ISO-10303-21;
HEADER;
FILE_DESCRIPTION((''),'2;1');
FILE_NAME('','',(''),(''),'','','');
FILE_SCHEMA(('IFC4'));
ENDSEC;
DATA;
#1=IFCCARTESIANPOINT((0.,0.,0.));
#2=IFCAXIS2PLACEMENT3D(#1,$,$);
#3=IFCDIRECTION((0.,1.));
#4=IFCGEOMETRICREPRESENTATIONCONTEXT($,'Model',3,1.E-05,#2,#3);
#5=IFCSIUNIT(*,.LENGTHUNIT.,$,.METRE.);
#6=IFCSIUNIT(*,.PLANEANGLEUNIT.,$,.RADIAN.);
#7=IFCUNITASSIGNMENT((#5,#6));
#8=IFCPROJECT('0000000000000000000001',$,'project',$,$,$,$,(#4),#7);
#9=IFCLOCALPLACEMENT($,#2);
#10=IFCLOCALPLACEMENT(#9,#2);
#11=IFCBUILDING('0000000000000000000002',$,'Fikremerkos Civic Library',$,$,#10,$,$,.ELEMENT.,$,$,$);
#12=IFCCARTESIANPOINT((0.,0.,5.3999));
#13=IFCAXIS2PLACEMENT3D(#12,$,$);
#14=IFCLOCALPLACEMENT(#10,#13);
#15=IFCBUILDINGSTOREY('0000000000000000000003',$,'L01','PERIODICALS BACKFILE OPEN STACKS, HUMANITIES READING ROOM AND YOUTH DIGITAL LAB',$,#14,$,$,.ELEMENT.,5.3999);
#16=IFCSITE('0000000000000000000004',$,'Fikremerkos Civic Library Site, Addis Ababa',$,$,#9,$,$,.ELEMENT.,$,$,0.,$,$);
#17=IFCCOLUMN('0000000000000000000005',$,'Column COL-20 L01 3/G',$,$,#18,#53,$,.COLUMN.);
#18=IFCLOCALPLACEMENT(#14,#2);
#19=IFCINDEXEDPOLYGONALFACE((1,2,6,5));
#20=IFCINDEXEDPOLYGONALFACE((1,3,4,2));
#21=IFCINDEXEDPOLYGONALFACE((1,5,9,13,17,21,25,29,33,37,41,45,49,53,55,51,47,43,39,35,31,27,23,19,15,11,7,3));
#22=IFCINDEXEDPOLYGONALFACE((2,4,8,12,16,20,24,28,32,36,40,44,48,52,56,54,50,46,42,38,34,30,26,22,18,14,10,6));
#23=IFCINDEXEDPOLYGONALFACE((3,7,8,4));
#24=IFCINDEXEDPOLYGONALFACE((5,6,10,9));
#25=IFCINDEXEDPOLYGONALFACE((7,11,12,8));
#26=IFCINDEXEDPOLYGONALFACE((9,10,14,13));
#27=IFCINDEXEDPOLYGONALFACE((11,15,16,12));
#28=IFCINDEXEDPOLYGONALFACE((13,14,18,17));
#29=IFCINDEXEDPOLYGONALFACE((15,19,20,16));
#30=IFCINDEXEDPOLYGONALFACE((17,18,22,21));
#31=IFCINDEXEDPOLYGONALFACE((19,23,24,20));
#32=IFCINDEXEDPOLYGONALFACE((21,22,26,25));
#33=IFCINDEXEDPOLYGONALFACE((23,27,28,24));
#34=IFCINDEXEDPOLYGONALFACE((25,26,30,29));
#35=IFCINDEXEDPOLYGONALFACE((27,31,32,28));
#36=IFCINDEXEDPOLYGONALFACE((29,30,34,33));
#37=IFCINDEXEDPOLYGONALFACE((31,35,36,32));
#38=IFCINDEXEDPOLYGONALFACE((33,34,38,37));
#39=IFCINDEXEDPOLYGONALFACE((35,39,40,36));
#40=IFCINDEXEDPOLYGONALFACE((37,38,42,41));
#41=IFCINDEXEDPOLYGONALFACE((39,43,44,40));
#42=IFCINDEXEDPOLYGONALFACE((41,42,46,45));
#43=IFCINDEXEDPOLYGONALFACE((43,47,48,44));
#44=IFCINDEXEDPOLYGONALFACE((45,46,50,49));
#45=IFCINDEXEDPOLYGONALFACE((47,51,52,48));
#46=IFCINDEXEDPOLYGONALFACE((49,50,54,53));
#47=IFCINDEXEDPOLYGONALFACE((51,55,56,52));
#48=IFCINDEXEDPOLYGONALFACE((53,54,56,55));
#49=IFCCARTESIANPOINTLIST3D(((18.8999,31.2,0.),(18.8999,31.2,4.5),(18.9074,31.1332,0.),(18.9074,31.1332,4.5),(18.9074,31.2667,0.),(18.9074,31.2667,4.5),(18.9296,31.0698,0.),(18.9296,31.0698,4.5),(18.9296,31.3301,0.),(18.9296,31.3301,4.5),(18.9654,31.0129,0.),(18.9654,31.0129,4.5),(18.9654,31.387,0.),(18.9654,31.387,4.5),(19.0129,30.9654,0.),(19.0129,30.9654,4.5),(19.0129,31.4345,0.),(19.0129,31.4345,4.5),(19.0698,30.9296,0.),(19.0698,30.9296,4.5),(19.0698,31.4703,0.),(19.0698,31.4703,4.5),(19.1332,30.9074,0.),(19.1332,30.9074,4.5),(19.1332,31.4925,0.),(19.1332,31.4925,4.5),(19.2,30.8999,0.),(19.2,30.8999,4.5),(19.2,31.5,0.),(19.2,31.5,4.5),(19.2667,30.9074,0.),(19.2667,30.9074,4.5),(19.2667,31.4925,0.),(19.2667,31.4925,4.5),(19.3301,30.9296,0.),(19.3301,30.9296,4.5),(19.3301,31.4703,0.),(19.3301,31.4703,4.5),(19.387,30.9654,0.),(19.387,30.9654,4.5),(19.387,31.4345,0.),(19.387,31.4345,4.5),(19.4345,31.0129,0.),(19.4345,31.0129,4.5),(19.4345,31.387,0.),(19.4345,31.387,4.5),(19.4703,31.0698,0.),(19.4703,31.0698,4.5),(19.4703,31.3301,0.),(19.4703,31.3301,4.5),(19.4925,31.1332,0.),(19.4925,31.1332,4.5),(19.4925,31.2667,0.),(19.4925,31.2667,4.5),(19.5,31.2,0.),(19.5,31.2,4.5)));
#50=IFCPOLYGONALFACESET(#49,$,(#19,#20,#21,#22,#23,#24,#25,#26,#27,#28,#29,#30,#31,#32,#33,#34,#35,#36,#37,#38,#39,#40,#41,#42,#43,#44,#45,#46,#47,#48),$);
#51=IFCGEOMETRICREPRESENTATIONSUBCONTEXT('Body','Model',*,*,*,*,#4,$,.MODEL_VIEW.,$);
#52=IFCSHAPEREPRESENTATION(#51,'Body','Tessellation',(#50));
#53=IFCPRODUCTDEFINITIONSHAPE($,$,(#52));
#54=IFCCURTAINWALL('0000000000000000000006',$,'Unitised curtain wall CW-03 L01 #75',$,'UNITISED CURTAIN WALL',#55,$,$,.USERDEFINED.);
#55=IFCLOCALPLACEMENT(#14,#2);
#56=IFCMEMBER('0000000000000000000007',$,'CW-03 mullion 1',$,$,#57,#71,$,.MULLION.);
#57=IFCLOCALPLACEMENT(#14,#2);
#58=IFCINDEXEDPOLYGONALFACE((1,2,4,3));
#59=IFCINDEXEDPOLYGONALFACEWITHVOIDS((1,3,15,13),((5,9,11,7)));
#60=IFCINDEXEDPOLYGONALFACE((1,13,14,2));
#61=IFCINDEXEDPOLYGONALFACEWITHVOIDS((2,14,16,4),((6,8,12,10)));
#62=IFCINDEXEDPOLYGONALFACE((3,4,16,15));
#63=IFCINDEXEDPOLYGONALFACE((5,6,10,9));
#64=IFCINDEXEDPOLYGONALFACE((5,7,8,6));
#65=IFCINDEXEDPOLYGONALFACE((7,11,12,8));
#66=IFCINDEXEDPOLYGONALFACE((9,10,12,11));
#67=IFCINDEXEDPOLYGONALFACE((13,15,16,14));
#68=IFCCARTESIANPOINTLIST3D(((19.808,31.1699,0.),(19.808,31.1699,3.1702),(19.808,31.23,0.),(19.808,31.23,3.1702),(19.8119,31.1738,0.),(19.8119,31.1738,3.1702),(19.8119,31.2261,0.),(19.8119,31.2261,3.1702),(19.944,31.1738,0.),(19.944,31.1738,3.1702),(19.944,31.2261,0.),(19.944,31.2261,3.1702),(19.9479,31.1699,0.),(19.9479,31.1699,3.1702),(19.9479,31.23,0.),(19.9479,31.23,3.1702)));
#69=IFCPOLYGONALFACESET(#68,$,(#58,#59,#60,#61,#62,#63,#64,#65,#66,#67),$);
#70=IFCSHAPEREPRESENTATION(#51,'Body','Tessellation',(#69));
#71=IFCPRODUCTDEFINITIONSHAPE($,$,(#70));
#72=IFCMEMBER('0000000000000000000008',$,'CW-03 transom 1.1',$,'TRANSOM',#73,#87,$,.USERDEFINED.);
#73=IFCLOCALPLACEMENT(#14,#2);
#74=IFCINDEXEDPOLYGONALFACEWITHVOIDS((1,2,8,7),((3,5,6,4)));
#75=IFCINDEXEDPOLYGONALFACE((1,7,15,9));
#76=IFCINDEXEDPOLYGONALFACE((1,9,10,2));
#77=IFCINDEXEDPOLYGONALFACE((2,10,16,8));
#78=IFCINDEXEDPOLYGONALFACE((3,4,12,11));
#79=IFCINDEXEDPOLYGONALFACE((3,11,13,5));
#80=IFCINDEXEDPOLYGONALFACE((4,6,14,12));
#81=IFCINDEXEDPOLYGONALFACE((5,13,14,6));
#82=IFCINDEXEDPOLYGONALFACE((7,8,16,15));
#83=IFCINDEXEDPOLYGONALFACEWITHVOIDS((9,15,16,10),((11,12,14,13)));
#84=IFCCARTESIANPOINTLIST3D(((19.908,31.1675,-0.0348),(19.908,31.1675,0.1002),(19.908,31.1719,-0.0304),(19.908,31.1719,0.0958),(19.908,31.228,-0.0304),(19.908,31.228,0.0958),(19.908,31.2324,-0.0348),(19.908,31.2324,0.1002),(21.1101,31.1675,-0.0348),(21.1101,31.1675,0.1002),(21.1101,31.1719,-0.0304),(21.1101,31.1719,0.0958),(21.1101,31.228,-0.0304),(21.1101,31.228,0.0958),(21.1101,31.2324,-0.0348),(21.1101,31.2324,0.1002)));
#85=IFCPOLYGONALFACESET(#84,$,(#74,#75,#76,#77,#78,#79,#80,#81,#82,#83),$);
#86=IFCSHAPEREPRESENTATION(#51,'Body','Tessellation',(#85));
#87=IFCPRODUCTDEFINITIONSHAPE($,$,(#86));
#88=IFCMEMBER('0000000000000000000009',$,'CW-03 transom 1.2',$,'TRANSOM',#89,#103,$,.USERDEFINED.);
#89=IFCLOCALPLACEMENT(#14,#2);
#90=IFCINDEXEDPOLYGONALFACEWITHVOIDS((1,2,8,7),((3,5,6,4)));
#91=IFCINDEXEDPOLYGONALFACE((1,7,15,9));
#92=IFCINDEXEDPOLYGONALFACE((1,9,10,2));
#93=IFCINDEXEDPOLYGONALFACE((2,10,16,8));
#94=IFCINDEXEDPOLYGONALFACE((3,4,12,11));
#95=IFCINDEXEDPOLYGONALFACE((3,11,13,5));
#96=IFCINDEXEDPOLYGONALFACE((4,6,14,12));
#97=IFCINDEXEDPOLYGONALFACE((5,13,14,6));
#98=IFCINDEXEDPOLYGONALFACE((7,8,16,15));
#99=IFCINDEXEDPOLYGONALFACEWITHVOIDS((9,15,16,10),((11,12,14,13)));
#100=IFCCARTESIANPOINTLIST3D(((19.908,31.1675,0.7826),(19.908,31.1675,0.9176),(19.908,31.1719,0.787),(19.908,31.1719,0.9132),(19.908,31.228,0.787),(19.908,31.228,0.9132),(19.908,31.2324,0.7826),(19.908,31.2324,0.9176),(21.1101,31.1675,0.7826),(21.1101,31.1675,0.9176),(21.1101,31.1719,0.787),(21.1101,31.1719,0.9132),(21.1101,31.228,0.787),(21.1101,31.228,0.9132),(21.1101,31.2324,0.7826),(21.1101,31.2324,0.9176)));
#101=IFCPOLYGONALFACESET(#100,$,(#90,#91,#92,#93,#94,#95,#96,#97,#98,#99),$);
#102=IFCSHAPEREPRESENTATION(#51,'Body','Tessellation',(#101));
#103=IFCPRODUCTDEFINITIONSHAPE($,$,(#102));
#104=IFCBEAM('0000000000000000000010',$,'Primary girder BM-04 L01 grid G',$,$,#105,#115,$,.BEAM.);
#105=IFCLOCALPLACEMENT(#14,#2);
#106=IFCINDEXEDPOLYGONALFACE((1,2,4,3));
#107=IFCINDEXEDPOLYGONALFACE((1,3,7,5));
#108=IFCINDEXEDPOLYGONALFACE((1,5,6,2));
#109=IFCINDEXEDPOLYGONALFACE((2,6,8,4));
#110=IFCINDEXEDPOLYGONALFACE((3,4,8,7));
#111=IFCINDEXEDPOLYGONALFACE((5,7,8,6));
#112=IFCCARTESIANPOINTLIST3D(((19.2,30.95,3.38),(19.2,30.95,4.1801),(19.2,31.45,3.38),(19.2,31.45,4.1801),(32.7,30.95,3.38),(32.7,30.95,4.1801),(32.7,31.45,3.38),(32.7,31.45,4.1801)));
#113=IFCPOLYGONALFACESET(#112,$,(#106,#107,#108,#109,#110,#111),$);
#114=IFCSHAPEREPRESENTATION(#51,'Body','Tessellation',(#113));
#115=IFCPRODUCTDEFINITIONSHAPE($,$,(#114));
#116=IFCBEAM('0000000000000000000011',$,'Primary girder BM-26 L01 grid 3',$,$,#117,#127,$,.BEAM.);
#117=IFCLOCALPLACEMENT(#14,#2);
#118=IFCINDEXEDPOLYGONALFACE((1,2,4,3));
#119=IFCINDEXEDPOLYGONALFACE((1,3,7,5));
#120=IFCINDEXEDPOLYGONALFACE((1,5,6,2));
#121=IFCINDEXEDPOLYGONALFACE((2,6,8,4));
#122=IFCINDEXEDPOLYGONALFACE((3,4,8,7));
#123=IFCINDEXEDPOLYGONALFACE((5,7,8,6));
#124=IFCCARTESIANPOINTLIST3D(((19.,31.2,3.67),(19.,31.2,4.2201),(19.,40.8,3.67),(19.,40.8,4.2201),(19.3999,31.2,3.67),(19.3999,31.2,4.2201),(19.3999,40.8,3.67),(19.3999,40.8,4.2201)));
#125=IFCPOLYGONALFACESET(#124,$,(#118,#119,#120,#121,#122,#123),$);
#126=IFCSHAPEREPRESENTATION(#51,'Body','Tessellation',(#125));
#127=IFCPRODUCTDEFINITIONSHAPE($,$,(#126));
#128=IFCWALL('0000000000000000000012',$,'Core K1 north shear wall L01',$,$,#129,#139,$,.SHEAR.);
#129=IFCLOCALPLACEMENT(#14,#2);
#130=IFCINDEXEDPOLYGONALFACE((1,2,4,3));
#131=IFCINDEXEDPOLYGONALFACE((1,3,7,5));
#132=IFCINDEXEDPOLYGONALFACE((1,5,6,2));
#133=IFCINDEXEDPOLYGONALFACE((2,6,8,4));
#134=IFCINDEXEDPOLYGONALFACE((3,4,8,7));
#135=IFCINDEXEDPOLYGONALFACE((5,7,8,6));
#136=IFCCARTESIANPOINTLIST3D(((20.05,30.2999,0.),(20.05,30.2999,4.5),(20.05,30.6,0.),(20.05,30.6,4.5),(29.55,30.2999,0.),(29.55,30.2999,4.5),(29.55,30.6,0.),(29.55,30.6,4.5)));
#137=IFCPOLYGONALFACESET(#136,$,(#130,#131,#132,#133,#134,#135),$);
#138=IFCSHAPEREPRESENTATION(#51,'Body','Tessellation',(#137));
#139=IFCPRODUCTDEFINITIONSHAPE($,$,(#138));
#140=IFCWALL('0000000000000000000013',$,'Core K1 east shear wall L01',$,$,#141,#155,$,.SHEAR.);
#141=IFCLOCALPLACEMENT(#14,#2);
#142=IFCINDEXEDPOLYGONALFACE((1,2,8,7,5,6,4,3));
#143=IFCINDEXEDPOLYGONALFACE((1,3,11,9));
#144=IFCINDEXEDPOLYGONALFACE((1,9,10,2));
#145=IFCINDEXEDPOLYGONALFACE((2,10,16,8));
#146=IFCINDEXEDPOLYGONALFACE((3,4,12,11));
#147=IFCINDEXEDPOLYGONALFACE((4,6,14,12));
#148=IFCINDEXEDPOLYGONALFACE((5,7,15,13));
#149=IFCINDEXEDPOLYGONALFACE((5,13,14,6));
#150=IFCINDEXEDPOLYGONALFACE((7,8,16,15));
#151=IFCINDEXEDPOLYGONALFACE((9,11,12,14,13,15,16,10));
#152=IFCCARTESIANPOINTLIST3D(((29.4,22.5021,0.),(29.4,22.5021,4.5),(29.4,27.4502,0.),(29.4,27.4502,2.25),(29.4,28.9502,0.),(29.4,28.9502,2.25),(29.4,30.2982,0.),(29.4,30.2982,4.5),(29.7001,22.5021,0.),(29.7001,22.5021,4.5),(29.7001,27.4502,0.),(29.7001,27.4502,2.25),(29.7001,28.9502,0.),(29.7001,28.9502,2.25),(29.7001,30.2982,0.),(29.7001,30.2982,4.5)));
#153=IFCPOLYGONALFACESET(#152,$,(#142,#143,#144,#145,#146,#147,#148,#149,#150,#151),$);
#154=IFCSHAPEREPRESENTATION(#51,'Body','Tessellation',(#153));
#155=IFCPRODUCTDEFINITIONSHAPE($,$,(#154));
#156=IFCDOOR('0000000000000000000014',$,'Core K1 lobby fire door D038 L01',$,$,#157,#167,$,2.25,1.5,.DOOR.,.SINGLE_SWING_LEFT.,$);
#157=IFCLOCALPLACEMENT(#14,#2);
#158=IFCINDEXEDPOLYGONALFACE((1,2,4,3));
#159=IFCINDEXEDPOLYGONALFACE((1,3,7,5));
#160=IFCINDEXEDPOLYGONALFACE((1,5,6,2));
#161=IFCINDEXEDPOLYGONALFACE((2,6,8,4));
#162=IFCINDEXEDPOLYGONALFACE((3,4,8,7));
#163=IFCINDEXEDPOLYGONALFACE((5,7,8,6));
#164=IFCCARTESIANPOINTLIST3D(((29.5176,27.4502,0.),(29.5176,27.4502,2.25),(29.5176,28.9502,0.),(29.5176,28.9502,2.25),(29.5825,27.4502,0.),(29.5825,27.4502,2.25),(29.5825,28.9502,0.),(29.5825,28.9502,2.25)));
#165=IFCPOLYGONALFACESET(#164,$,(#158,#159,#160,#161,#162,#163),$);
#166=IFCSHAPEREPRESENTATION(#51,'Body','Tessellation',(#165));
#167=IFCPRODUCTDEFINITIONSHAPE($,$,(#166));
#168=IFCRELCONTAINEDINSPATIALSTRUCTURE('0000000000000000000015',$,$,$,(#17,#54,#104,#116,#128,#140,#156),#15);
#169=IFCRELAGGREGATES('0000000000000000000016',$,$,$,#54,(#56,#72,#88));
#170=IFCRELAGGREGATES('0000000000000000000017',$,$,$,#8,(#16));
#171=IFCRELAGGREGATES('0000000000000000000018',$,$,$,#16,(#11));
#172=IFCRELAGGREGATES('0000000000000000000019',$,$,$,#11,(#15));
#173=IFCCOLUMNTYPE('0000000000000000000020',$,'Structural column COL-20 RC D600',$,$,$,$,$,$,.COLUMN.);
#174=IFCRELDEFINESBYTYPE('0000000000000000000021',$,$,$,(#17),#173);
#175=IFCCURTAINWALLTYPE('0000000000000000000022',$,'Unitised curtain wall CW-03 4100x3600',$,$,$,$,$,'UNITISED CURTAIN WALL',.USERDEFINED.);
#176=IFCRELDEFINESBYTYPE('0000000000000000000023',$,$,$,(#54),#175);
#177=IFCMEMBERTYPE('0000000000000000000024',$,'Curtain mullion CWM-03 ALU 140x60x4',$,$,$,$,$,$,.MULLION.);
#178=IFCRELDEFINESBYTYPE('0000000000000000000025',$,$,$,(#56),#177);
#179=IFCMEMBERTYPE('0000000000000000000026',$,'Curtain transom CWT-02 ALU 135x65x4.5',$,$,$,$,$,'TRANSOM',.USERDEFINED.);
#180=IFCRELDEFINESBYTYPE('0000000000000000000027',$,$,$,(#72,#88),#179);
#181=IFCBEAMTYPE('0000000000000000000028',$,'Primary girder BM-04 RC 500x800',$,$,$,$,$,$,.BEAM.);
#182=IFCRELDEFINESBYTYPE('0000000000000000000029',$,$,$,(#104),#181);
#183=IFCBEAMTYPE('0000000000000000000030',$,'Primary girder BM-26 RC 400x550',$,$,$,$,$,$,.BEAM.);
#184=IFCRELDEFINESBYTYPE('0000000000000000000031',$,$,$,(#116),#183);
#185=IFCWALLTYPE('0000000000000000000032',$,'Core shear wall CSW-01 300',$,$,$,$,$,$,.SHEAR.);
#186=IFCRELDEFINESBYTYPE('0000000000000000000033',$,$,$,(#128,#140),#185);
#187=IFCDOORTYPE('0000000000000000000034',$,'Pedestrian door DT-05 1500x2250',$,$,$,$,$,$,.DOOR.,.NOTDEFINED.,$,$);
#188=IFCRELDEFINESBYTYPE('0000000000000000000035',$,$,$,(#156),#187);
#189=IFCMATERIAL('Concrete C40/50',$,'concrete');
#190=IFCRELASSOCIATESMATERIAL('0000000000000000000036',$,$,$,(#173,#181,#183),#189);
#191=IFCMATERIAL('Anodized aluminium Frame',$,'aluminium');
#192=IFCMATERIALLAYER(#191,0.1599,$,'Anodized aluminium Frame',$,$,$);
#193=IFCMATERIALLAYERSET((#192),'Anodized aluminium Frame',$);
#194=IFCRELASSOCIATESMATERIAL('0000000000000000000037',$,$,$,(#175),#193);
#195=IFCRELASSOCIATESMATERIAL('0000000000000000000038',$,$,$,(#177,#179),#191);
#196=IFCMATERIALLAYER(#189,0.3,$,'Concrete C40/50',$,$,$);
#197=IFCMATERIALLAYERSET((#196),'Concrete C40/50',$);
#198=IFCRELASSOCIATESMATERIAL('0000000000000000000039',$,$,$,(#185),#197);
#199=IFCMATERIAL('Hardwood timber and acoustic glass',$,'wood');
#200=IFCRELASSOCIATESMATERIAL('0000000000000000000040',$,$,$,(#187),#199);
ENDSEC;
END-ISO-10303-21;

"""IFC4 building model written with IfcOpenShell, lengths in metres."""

from ifc_helpers import new_model, si_unit, direction, frame, frame_2d, origin, origin_2d, place, context, subcontext, project, spatial, rectangle, hollow_rectangle, circle, extrude, material, layer, layer_set, material_profile, profile_set, type_object, element, fill, aggregate, save


model = new_model("IFC4")

# Units and contexts
model_context = context("Model", 3, precision=1e-05, world=origin(), true_north=direction((0.0, 1.0)))
body_context = subcontext(model_context, "Body", "Model", "MODEL_VIEW")
ifc_project = project(units=[si_unit("LENGTHUNIT", "METRE"), si_unit("PLANEANGLEUNIT", "RADIAN")], contexts=[model_context])

# Site, building, storey
site_placement = place(None, origin())
site = spatial("IfcSite", under=ifc_project, at=site_placement, Name="Fikremerkos Civic Library Site, Addis Ababa", CompositionType="ELEMENT", RefElevation=0.0)
building_placement = place(site_placement, origin())
building = spatial("IfcBuilding", under=site, at=building_placement, Name="Fikremerkos Civic Library", CompositionType="ELEMENT")
storey_placement = place(building_placement, frame((0.0, 0.0, 5.3999)))
storey = spatial("IfcBuildingStorey", under=building, at=storey_placement, Name="L01", Description="PERIODICALS BACKFILE OPEN STACKS, HUMANITIES READING ROOM AND YOUTH DIGITAL LAB", CompositionType="ELEMENT", Elevation=5.3999)

# Column
ifc_material_1 = material(Name="Concrete C40/50", Category="concrete")
ifc_material_profile_1 = material_profile(ifc_material_1, circle(Radius=0.3, at=origin_2d()), Name="RC D600")
ifc_profile_set_1 = profile_set([ifc_material_profile_1], Name="Concrete C40/50")
column_type = type_object("IfcColumnType", Name="Structural column COL-20 RC D600", PredefinedType="COLUMN", material=ifc_profile_set_1)
column_placement = place(storey_placement, frame((19.2, 31.2, 0.0), z_axis=(0.0, 0.0, 1.0), x_axis=(1.0, 0.0, 0.0)))
element("IfcColumn", 1, at=column_placement, inside=storey, type_object=column_type, Name="Column COL-20 L01 3/G", PredefinedType="COLUMN", context=body_context, shape_type="SweptSolid", body=[
    extrude(circle(Radius=0.3, at=origin_2d()), origin(), (0.0, 0.0, 1.0), 4.5),
])

# Curtain wall, members
ifc_material_2 = material(Name="Anodized aluminium Frame", Category="aluminium")
ifc_layer_1 = layer(ifc_material_2, 0.1599, Name="Anodized aluminium Frame")
ifc_layer_set_1 = layer_set([ifc_layer_1], Name="Anodized aluminium Frame")
curtain_wall_type = type_object("IfcCurtainWallType", Name="Unitised curtain wall CW-03 4100x3600", ElementType="UNITISED CURTAIN WALL", PredefinedType="USERDEFINED", material=ifc_layer_set_1)
curtain_wall_placement = place(storey_placement, origin())
curtain_wall = element("IfcCurtainWall", 2, at=curtain_wall_placement, inside=storey, type_object=curtain_wall_type, Name="Unitised curtain wall CW-03 L01 #75", ObjectType="UNITISED CURTAIN WALL", PredefinedType="USERDEFINED")
ifc_material_profile_2 = material_profile(ifc_material_2, hollow_rectangle(XDim=0.0601, YDim=0.1399, WallThickness=0.0039, at=origin_2d()), Name="ALU 140x60x4")
ifc_profile_set_2 = profile_set([ifc_material_profile_2], Name="Anodized aluminium Frame")
member_type_1 = type_object("IfcMemberType", Name="Curtain mullion CWM-03 ALU 140x60x4", PredefinedType="MULLION", material=ifc_profile_set_2)
member_1_placement = place(storey_placement, frame((19.8779, 31.2, 0.0), z_axis=(0.0, 0.0, 1.0), x_axis=(0.0, 1.0, 0.0)))
member_1 = element("IfcMember", 3, at=member_1_placement, type_object=member_type_1, Name="CW-03 mullion 1", PredefinedType="MULLION", context=body_context, shape_type="SweptSolid", body=[
    extrude(hollow_rectangle(XDim=0.0601, YDim=0.1399, WallThickness=0.0039, at=origin_2d()), origin(), (0.0, 0.0, 1.0), 3.1702),
])
ifc_material_profile_3 = material_profile(ifc_material_2, hollow_rectangle(XDim=0.0649, YDim=0.135, WallThickness=0.0044, at=origin_2d()), Name="ALU 135x65x4.5")
ifc_profile_set_3 = profile_set([ifc_material_profile_3], Name="Anodized aluminium Frame")
member_type_2 = type_object("IfcMemberType", Name="Curtain transom CWT-02 ALU 135x65x4.5", ElementType="TRANSOM", PredefinedType="USERDEFINED", material=ifc_profile_set_3)
member_2_placement = place(storey_placement, frame((19.908, 31.2, 0.0327), z_axis=(1.0, 0.0, 0.0), x_axis=(0.0, 1.0, 0.0)))
member_2 = element("IfcMember", 4, at=member_2_placement, type_object=member_type_2, Name="CW-03 transom 1.1", ObjectType="TRANSOM", PredefinedType="USERDEFINED", context=body_context, shape_type="SweptSolid", body=[
    extrude(hollow_rectangle(XDim=0.0649, YDim=0.135, WallThickness=0.0044, at=origin_2d()), origin(), (0.0, 0.0, 1.0), 1.2021),
])
member_3_placement = place(storey_placement, frame((19.908, 31.2, 0.8501), z_axis=(1.0, 0.0, 0.0), x_axis=(0.0, 1.0, 0.0)))
member_3 = element("IfcMember", 5, at=member_3_placement, type_object=member_type_2, Name="CW-03 transom 1.2", ObjectType="TRANSOM", PredefinedType="USERDEFINED", context=body_context, shape_type="SweptSolid", body=[
    extrude(hollow_rectangle(XDim=0.0649, YDim=0.135, WallThickness=0.0044, at=origin_2d()), origin(), (0.0, 0.0, 1.0), 1.2021),
])
aggregate(curtain_wall, [member_1, member_2, member_3])

# Beams
ifc_material_profile_4 = material_profile(ifc_material_1, rectangle(XDim=0.5, YDim=0.8, at=origin_2d()), Name="RC 500x800")
ifc_profile_set_4 = profile_set([ifc_material_profile_4], Name="Concrete C40/50")
beam_type_1 = type_object("IfcBeamType", Name="Primary girder BM-04 RC 500x800", PredefinedType="BEAM", material=ifc_profile_set_4)
beam_1_placement = place(storey_placement, frame((19.2, 31.2, 3.78), z_axis=(1.0, 0.0, 0.0), x_axis=(0.0, 1.0, 0.0)))
element("IfcBeam", 6, at=beam_1_placement, inside=storey, type_object=beam_type_1, Name="Primary girder BM-04 L01 grid G", PredefinedType="BEAM", context=body_context, shape_type="SweptSolid", body=[
    extrude(rectangle(XDim=0.5, YDim=0.8, at=origin_2d()), origin(), (0.0, 0.0, 1.0), 13.5),
])
ifc_material_profile_5 = material_profile(ifc_material_1, rectangle(XDim=0.3999, YDim=0.55, at=origin_2d()), Name="RC 400x550")
ifc_profile_set_5 = profile_set([ifc_material_profile_5], Name="Concrete C40/50")
beam_type_2 = type_object("IfcBeamType", Name="Primary girder BM-26 RC 400x550", PredefinedType="BEAM", material=ifc_profile_set_5)
beam_2_placement = place(storey_placement, frame((19.2, 31.2, 3.9451), z_axis=(0.0, 1.0, 0.0), x_axis=(-1.0, 0.0, 0.0)))
element("IfcBeam", 7, at=beam_2_placement, inside=storey, type_object=beam_type_2, Name="Primary girder BM-26 L01 grid 3", PredefinedType="BEAM", context=body_context, shape_type="SweptSolid", body=[
    extrude(rectangle(XDim=0.3999, YDim=0.55, at=origin_2d()), origin(), (0.0, 0.0, 1.0), 9.6001),
])

# Wall
ifc_layer_2 = layer(ifc_material_1, 0.3, Name="Concrete C40/50")
ifc_layer_set_2 = layer_set([ifc_layer_2], Name="Concrete C40/50")
wall_type_1 = type_object("IfcWallType", Name="Core shear wall CSW-01 300", PredefinedType="SHEAR", material=ifc_layer_set_2)
wall_1_placement = place(storey_placement, frame((20.05, 30.45, 0.0), z_axis=(0.0, 0.0, 1.0), x_axis=(1.0, 0.0, 0.0)))
element("IfcWall", 8, at=wall_1_placement, inside=storey, type_object=wall_type_1, Name="Core K1 north shear wall L01", PredefinedType="SHEAR", context=body_context, shape_type="SweptSolid", body=[
    extrude(rectangle(XDim=9.5, YDim=0.3, at=frame_2d((4.75, 0.0))), origin(), (0.0, 0.0, 1.0), 4.5),
])

# Wall, opening, door
wall_2_placement = place(storey_placement, frame((29.55, 30.2981, 0.0), z_axis=(0.0, 0.0, 1.0), x_axis=(0.0, -1.0, 0.0)))
wall_2 = element("IfcWall", 9, at=wall_2_placement, inside=storey, type_object=wall_type_1, Name="Core K1 east shear wall L01", PredefinedType="SHEAR", context=body_context, shape_type="SweptSolid", body=[
    extrude(rectangle(XDim=7.7961, YDim=0.3, at=frame_2d((3.8979, 0.0))), origin(), (0.0, 0.0, 1.0), 4.5),
])
opening_1_placement = place(wall_2_placement, frame((1.3479, 0.0, 0.0)))
opening_1 = element("IfcOpeningElement", 10, at=opening_1_placement, cuts=wall_2, PredefinedType="OPENING", context=body_context, shape_type="SweptSolid", body=[
    extrude(rectangle(XDim=1.5, YDim=2.25, at=frame_2d((0.75, 1.125))), frame((0.0, 0.1599, 0.0), z_axis=(0.0, -1.0, 0.0), x_axis=(1.0, 0.0, 0.0)), (0.0, 0.0, 1.0), 0.3201),
])
ifc_material_3 = material(Name="Hardwood timber and acoustic glass", Category="wood")
door_type_1 = type_object("IfcDoorType", Name="Pedestrian door DT-05 1500x2250", OperationType="NOTDEFINED", PredefinedType="DOOR", material=ifc_material_3)
door_1_placement = place(opening_1_placement, origin())
door_1 = element("IfcDoor", 11, at=door_1_placement, inside=storey, type_object=door_type_1, Name="Core K1 lobby fire door D038 L01", OperationType="SINGLE_SWING_LEFT", OverallHeight=2.25, OverallWidth=1.5, PredefinedType="DOOR", context=body_context, shape_type="SweptSolid", body=[
    extrude(rectangle(XDim=1.5, YDim=2.25, at=frame_2d((0.75, 1.125))), frame((0.0, 0.0325, 0.0), z_axis=(0.0, -1.0, 0.0), x_axis=(1.0, 0.0, 0.0)), (0.0, 0.0, 1.0), 0.0649),
])
fill(opening_1, door_1)

save(model, "model.ifc")
